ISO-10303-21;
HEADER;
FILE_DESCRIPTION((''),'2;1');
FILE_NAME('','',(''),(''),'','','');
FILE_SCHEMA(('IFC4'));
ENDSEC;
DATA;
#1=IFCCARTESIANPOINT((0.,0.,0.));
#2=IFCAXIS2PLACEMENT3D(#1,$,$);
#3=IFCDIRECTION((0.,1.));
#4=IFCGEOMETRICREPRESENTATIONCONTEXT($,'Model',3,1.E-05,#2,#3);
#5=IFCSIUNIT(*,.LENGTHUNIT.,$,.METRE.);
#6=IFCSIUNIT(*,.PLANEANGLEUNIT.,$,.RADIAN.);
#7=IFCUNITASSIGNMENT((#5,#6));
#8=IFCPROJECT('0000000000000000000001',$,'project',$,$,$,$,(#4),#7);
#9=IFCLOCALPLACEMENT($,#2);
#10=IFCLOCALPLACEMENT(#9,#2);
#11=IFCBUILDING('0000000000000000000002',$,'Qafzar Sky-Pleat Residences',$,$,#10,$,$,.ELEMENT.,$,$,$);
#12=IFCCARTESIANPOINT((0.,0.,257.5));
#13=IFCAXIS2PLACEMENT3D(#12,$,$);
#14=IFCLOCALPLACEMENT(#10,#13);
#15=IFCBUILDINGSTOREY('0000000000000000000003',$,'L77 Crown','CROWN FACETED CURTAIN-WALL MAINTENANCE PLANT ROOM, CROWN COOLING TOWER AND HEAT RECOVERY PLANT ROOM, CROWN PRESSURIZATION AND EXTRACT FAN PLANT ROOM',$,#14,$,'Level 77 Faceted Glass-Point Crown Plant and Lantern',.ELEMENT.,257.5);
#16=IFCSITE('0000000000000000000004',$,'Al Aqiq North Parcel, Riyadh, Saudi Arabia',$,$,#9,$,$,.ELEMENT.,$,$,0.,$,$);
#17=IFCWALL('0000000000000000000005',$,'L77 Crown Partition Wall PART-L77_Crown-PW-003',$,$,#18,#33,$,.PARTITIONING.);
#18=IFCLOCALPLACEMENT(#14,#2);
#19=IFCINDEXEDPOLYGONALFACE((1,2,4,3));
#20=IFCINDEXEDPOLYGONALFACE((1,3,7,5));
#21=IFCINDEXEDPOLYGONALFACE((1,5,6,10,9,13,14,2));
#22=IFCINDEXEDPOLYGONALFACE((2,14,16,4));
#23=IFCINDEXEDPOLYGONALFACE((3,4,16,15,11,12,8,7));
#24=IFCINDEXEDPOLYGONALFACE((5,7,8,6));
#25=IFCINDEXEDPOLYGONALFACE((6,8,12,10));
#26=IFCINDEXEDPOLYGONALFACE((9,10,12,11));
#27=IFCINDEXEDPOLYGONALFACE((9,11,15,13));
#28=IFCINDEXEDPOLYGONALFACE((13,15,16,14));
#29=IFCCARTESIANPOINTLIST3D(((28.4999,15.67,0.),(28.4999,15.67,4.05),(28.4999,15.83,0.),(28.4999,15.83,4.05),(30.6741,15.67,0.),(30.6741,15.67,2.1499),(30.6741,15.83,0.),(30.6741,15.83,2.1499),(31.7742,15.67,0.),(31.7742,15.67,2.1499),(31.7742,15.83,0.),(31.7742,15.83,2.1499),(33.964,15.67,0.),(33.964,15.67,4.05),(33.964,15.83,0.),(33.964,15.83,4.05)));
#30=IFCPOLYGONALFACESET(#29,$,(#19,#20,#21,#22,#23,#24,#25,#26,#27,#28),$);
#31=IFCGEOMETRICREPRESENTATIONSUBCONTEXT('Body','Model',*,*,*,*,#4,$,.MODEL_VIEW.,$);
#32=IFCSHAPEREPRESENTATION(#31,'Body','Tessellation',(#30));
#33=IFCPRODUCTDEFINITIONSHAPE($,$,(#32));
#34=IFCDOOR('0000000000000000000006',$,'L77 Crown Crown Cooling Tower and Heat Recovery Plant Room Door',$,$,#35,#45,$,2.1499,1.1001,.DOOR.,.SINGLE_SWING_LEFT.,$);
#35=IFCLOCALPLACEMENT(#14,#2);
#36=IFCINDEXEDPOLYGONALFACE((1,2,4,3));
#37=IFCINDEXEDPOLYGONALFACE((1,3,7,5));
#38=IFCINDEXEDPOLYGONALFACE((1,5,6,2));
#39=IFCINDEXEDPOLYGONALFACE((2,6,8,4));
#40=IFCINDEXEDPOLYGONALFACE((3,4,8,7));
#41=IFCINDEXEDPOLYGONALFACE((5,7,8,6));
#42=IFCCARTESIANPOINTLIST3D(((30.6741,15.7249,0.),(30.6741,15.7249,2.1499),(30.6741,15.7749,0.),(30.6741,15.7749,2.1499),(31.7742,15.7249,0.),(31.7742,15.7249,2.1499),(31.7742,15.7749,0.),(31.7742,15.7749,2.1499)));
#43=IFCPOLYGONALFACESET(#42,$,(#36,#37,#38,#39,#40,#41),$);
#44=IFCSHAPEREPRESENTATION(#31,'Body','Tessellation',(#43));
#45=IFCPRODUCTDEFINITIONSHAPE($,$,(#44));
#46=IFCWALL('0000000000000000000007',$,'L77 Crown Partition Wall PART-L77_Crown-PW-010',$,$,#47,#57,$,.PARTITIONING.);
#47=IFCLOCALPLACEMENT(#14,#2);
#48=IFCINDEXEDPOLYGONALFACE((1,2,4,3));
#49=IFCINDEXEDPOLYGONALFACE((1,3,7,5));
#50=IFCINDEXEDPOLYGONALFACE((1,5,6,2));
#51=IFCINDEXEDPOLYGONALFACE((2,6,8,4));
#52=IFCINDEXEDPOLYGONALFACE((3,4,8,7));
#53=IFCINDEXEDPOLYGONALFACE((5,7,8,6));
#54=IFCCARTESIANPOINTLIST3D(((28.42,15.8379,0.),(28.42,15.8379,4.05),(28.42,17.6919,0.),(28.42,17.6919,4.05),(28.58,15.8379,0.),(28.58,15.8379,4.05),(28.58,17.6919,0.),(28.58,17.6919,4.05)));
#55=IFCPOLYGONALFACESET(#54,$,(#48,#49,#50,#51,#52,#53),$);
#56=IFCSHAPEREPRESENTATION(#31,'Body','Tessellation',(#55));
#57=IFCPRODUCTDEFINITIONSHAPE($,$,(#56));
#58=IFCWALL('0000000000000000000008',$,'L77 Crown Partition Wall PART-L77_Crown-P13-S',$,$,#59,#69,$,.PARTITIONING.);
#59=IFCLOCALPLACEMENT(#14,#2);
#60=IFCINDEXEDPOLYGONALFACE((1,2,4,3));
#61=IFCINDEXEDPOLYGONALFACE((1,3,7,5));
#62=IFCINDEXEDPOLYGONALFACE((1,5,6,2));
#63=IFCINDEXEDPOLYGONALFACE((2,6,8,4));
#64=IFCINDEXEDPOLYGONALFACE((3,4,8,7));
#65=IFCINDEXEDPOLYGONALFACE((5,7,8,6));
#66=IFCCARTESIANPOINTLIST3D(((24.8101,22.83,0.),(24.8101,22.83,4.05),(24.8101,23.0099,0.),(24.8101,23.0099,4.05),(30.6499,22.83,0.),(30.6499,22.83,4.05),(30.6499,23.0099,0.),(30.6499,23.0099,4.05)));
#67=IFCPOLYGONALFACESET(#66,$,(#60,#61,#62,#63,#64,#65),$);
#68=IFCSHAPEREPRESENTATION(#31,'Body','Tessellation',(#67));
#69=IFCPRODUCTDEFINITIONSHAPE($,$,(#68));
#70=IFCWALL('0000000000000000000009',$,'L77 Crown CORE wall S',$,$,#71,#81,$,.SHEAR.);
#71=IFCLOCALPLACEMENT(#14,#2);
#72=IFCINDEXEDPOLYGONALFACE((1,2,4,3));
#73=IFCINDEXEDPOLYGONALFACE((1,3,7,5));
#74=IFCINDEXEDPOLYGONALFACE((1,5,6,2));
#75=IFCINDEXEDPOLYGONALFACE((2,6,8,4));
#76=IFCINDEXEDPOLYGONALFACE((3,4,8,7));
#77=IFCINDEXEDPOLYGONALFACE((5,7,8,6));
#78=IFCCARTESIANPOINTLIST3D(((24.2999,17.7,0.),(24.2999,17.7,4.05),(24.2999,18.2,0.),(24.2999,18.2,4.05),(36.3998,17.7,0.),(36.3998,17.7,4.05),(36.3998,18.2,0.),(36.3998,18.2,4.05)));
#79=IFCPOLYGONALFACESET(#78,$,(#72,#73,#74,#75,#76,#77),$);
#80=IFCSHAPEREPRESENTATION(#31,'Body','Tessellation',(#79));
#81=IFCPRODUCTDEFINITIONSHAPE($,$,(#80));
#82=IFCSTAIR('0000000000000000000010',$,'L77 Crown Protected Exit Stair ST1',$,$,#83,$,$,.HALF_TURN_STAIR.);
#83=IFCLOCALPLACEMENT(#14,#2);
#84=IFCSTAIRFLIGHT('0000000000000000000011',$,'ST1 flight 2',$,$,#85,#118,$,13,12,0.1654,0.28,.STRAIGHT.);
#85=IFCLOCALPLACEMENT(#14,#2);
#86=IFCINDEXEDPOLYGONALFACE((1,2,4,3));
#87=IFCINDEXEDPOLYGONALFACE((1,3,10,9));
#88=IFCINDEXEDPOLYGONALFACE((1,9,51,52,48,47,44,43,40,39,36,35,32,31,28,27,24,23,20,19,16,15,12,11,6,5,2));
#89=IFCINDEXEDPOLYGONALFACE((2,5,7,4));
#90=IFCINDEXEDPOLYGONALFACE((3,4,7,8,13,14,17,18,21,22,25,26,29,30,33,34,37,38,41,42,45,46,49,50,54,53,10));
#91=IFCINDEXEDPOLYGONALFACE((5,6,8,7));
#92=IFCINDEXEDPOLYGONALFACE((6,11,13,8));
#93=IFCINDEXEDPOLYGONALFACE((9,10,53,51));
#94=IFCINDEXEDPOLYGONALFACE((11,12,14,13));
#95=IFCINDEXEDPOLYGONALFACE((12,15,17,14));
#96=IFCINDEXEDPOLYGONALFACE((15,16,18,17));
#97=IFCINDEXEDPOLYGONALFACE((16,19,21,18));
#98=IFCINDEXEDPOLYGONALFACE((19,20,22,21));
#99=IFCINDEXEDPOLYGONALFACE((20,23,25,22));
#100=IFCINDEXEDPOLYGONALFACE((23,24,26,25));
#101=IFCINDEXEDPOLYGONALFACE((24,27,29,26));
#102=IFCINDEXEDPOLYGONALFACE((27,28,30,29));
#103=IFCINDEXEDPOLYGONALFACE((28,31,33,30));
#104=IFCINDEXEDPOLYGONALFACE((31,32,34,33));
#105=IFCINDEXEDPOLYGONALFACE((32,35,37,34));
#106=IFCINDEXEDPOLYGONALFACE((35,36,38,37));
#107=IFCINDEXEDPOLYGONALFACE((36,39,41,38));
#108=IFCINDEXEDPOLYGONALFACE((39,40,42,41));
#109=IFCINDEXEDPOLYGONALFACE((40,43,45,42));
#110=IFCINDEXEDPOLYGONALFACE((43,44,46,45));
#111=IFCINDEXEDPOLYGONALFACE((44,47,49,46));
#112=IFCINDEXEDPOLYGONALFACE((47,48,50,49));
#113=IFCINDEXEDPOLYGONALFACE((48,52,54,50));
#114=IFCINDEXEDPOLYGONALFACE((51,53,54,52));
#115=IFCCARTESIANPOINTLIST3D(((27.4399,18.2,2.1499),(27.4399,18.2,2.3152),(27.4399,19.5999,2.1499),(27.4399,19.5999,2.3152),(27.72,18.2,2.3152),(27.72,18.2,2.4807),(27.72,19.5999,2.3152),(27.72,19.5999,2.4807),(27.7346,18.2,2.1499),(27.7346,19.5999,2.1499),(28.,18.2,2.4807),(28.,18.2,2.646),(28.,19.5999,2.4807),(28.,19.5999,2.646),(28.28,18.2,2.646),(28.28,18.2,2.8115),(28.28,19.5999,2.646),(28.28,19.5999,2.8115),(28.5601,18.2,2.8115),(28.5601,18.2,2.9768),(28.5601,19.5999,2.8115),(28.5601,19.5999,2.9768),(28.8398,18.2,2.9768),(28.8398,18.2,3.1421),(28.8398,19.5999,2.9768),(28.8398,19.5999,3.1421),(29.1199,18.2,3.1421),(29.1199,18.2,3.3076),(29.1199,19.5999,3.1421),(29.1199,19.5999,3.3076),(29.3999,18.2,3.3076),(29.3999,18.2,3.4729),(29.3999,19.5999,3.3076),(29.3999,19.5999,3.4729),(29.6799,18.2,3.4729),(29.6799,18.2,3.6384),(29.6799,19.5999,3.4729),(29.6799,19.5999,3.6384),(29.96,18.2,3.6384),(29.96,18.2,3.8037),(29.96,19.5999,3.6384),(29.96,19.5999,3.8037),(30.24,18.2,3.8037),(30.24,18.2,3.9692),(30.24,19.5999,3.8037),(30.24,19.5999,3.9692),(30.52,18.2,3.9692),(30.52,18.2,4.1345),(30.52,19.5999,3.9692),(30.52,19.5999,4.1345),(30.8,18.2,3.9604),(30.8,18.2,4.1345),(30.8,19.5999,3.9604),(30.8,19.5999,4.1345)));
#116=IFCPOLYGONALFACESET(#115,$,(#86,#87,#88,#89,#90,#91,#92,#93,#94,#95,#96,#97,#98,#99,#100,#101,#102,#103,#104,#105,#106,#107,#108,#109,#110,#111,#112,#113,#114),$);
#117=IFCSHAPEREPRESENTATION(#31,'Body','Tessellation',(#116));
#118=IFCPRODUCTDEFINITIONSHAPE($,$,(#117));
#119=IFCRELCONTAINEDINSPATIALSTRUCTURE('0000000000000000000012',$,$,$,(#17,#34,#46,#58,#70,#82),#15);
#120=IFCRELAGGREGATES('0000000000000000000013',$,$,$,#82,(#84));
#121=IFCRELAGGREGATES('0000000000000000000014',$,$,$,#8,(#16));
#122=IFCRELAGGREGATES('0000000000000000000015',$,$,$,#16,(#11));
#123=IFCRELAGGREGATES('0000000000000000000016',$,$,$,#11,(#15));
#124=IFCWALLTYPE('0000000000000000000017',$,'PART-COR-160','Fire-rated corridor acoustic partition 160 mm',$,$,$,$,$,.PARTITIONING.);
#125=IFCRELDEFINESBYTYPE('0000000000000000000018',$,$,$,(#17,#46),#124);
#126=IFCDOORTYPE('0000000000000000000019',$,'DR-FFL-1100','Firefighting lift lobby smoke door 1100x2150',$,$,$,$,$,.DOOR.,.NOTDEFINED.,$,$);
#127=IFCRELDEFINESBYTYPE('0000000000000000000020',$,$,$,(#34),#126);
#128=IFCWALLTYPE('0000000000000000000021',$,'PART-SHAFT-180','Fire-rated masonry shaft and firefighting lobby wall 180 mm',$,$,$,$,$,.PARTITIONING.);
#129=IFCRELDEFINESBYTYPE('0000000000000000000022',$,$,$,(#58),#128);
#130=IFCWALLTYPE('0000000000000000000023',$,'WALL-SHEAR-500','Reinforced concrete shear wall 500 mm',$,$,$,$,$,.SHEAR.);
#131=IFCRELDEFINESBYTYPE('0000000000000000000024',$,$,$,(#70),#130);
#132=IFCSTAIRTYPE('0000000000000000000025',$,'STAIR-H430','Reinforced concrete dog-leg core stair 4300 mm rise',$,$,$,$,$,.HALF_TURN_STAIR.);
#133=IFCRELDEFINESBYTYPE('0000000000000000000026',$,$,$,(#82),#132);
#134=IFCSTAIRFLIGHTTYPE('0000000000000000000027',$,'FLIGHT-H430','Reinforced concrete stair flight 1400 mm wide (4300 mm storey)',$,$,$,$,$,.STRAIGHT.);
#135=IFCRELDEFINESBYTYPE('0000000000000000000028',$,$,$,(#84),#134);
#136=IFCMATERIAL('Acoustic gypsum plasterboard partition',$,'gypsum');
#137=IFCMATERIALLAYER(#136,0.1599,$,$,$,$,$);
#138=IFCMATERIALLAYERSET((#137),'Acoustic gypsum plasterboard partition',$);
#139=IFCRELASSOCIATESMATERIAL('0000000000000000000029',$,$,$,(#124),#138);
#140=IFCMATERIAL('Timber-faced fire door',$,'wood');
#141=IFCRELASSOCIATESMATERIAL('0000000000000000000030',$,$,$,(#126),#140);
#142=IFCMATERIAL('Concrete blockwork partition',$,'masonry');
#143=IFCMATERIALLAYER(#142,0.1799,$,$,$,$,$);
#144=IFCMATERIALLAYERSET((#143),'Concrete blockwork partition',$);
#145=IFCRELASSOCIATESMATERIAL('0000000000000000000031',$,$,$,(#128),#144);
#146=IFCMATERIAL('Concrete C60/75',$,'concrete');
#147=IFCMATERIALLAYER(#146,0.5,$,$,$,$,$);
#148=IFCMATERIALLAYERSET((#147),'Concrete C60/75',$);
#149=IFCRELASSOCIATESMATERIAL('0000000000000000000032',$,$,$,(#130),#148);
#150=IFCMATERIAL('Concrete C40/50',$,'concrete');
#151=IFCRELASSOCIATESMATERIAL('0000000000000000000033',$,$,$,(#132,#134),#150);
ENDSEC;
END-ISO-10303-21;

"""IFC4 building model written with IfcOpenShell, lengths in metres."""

from ifc_helpers import new_model, si_unit, direction, frame, frame_2d, origin, place, context, subcontext, project, spatial, polyline, rectangle, outline, extrude, source, transform, mapped, material, layer, layer_set, type_object, element, fill, aggregate, save


model = new_model("IFC4")

# Units and contexts
model_context = context("Model", 3, precision=1e-05, world=origin(), true_north=direction((0.0, 1.0)))
body_context = subcontext(model_context, "Body", "Model", "MODEL_VIEW")
ifc_project = project(units=[si_unit("LENGTHUNIT", "METRE"), si_unit("PLANEANGLEUNIT", "RADIAN")], contexts=[model_context])

# Site, building, storey
site_placement = place(None, origin())
site = spatial("IfcSite", under=ifc_project, at=site_placement, Name="Al Aqiq North Parcel, Riyadh, Saudi Arabia", CompositionType="ELEMENT", RefElevation=0.0)
building_placement = place(site_placement, origin())
building = spatial("IfcBuilding", under=site, at=building_placement, Name="Qafzar Sky-Pleat Residences", CompositionType="ELEMENT")
storey_placement = place(building_placement, frame((0.0, 0.0, 257.5)))
storey = spatial("IfcBuildingStorey", under=building, at=storey_placement, Name="L77 Crown", Description="CROWN FACETED CURTAIN-WALL MAINTENANCE PLANT ROOM, CROWN COOLING TOWER AND HEAT RECOVERY PLANT ROOM, CROWN PRESSURIZATION AND EXTRACT FAN PLANT ROOM", LongName="Level 77 Faceted Glass-Point Crown Plant and Lantern", CompositionType="ELEMENT", Elevation=257.5)

# Wall, opening, door
ifc_material_1 = material(Name="Acoustic gypsum plasterboard partition", Category="gypsum")
ifc_layer_1 = layer(ifc_material_1, 0.1599)
ifc_layer_set_1 = layer_set([ifc_layer_1], Name="Acoustic gypsum plasterboard partition")
wall_type_1 = type_object("IfcWallType", Name="PART-COR-160", Description="Fire-rated corridor acoustic partition 160 mm", PredefinedType="PARTITIONING", material=ifc_layer_set_1)
wall_1_placement = place(storey_placement, frame((28.5, 15.75, 0.0), z_axis=(0.0, 0.0, 1.0), x_axis=(1.0, 0.0, 0.0)))
wall_1 = element("IfcWall", 1, at=wall_1_placement, inside=storey, type_object=wall_type_1, Name="L77 Crown Partition Wall PART-L77_Crown-PW-003", PredefinedType="PARTITIONING", context=body_context, shape_type="SweptSolid", body=[
    extrude(rectangle(XDim=5.4641, YDim=0.1599, at=frame_2d((2.7319, 0.0))), origin(), (0.0, 0.0, 1.0), 4.05),
])
opening_1_placement = place(wall_1_placement, frame((2.1741, 0.0, 0.0)))
opening_1 = element("IfcOpeningElement", 2, at=opening_1_placement, cuts=wall_1, PredefinedType="OPENING", context=body_context, shape_type="SweptSolid", body=[
    extrude(rectangle(XDim=1.1001, YDim=2.1499, at=frame_2d((0.55, 1.075))), frame((0.0, 0.0898, 0.0), z_axis=(0.0, -1.0, 0.0), x_axis=(1.0, 0.0, 0.0)), (0.0, 0.0, 1.0), 0.1799),
])
ifc_material_2 = material(Name="Timber-faced fire door", Category="wood")
door_type_1 = type_object("IfcDoorType", Name="DR-FFL-1100", Description="Firefighting lift lobby smoke door 1100x2150", OperationType="NOTDEFINED", PredefinedType="DOOR", material=ifc_material_2)
shared_shape_1 = source(origin(), body_context, "Body", "SweptSolid", [
    extrude(rectangle(XDim=1.1001, YDim=2.1499, at=frame_2d((0.55, 1.075))), frame((0.0, 0.0249, 0.0), z_axis=(0.0, -1.0, 0.0), x_axis=(1.0, 0.0, 0.0)), (0.0, 0.0, 1.0), 0.05),
])
door_1_placement = place(opening_1_placement, origin())
door_1 = element("IfcDoor", 3, at=door_1_placement, inside=storey, type_object=door_type_1, Name="L77 Crown Crown Cooling Tower and Heat Recovery Plant Room Door", OperationType="SINGLE_SWING_LEFT", OverallHeight=2.1499, OverallWidth=1.1001, PredefinedType="DOOR", context=body_context, shape_type="MappedRepresentation", body=[
    mapped(shared_shape_1, transform((0.0, 0.0, 0.0), x_axis=(1.0, 0.0, 0.0), y_axis=(0.0, 1.0, 0.0), z_axis=(0.0, 0.0, 1.0), scale=1.0)),
])
fill(opening_1, door_1)

# Walls
wall_2_placement = place(storey_placement, frame((28.5, 15.8379, 0.0), z_axis=(0.0, 0.0, 1.0), x_axis=(0.0, 1.0, 0.0)))
element("IfcWall", 4, at=wall_2_placement, inside=storey, type_object=wall_type_1, Name="L77 Crown Partition Wall PART-L77_Crown-PW-010", PredefinedType="PARTITIONING", context=body_context, shape_type="SweptSolid", body=[
    extrude(rectangle(XDim=1.854, YDim=0.1599, at=frame_2d((0.927, 0.0))), origin(), (0.0, 0.0, 1.0), 4.05),
])
ifc_material_3 = material(Name="Concrete blockwork partition", Category="masonry")
ifc_layer_2 = layer(ifc_material_3, 0.1799)
ifc_layer_set_2 = layer_set([ifc_layer_2], Name="Concrete blockwork partition")
wall_type_2 = type_object("IfcWallType", Name="PART-SHAFT-180", Description="Fire-rated masonry shaft and firefighting lobby wall 180 mm", PredefinedType="PARTITIONING", material=ifc_layer_set_2)
wall_3_placement = place(storey_placement, frame((24.8101, 22.9199, 0.0), z_axis=(0.0, 0.0, 1.0), x_axis=(1.0, 0.0, 0.0)))
element("IfcWall", 5, at=wall_3_placement, inside=storey, type_object=wall_type_2, Name="L77 Crown Partition Wall PART-L77_Crown-P13-S", PredefinedType="PARTITIONING", context=body_context, shape_type="SweptSolid", body=[
    extrude(rectangle(XDim=5.8398, YDim=0.1799, at=frame_2d((2.9199, 0.0))), origin(), (0.0, 0.0, 1.0), 4.05),
])

# Shared definitions
ifc_material_4 = material(Name="Concrete C60/75", Category="concrete")

# Wall
ifc_layer_3 = layer(ifc_material_4, 0.5)
ifc_layer_set_3 = layer_set([ifc_layer_3], Name="Concrete C60/75")
wall_type_3 = type_object("IfcWallType", Name="WALL-SHEAR-500", Description="Reinforced concrete shear wall 500 mm", PredefinedType="SHEAR", material=ifc_layer_set_3)
wall_4_placement = place(storey_placement, frame((24.3, 17.95, 0.0), z_axis=(0.0, 0.0, 1.0), x_axis=(1.0, 0.0, 0.0)))
element("IfcWall", 6, at=wall_4_placement, inside=storey, type_object=wall_type_3, Name="L77 Crown CORE wall S", PredefinedType="SHEAR", context=body_context, shape_type="SweptSolid", body=[
    extrude(rectangle(XDim=12.0999, YDim=0.5, at=frame_2d((6.0498, 0.0))), origin(), (0.0, 0.0, 1.0), 4.05),
])

# Stair, stair flight
ifc_material_5 = material(Name="Concrete C40/50", Category="concrete")
stair_type = type_object("IfcStairType", Name="STAIR-H430", Description="Reinforced concrete dog-leg core stair 4300 mm rise", PredefinedType="HALF_TURN_STAIR", material=ifc_material_5)
stair_placement = place(storey_placement, origin())
stair = element("IfcStair", 7, at=stair_placement, inside=storey, type_object=stair_type, Name="L77 Crown Protected Exit Stair ST1", PredefinedType="HALF_TURN_STAIR")
stair_flight_type = type_object("IfcStairFlightType", Name="FLIGHT-H430", Description="Reinforced concrete stair flight 1400 mm wide (4300 mm storey)", PredefinedType="STRAIGHT", material=ifc_material_5)
shared_shape_2 = source(origin(), body_context, "Body", "SweptSolid", [
    extrude(outline(polyline([(0.0, 0.0), (0.0, 0.1653), (0.28, 0.1653), (0.28, 0.3308), (0.5601, 0.3308), (0.5601, 0.4961), (0.8401, 0.4961), (0.8401, 0.6616), (1.1201, 0.6616), (1.1201, 0.8269), (1.3999, 0.8269), (1.3999, 0.9922), (1.6799, 0.9922), (1.6799, 1.1577), (1.96, 1.1577), (1.96, 1.323), (2.24, 1.323), (2.24, 1.4885), (2.52, 1.4885), (2.52, 1.6538), (2.8, 1.6538), (2.8, 1.8193), (3.0801, 1.8193), (3.0801, 1.9846), (3.3601, 1.9846), (3.3601, 2.1499), (3.3601, 1.8105), (0.2947, 0.0), (0.0, 0.0)])), frame((0.0, 0.7, 0.0), z_axis=(0.0, -1.0, 0.0), x_axis=(1.0, 0.0, 0.0)), (0.0, 0.0, 1.0), 1.3999),
])
stair_flight_placement = place(storey_placement, frame((27.4399, 18.8999, 2.1499), z_axis=(0.0, 0.0, 1.0), x_axis=(1.0, 0.0, 0.0)))
stair_flight = element("IfcStairFlight", 8, at=stair_flight_placement, type_object=stair_flight_type, Name="ST1 flight 2", NumberOfRisers=13, NumberOfTreads=12, PredefinedType="STRAIGHT", RiserHeight=0.1654, TreadLength=0.28, context=body_context, shape_type="MappedRepresentation", body=[
    mapped(shared_shape_2, transform((0.0, 0.0, 0.0), x_axis=(1.0, 0.0, 0.0), y_axis=(0.0, 1.0, 0.0), z_axis=(0.0, 0.0, 1.0), scale=1.0)),
])
aggregate(stair, [stair_flight])

save(model, "model.ifc")
